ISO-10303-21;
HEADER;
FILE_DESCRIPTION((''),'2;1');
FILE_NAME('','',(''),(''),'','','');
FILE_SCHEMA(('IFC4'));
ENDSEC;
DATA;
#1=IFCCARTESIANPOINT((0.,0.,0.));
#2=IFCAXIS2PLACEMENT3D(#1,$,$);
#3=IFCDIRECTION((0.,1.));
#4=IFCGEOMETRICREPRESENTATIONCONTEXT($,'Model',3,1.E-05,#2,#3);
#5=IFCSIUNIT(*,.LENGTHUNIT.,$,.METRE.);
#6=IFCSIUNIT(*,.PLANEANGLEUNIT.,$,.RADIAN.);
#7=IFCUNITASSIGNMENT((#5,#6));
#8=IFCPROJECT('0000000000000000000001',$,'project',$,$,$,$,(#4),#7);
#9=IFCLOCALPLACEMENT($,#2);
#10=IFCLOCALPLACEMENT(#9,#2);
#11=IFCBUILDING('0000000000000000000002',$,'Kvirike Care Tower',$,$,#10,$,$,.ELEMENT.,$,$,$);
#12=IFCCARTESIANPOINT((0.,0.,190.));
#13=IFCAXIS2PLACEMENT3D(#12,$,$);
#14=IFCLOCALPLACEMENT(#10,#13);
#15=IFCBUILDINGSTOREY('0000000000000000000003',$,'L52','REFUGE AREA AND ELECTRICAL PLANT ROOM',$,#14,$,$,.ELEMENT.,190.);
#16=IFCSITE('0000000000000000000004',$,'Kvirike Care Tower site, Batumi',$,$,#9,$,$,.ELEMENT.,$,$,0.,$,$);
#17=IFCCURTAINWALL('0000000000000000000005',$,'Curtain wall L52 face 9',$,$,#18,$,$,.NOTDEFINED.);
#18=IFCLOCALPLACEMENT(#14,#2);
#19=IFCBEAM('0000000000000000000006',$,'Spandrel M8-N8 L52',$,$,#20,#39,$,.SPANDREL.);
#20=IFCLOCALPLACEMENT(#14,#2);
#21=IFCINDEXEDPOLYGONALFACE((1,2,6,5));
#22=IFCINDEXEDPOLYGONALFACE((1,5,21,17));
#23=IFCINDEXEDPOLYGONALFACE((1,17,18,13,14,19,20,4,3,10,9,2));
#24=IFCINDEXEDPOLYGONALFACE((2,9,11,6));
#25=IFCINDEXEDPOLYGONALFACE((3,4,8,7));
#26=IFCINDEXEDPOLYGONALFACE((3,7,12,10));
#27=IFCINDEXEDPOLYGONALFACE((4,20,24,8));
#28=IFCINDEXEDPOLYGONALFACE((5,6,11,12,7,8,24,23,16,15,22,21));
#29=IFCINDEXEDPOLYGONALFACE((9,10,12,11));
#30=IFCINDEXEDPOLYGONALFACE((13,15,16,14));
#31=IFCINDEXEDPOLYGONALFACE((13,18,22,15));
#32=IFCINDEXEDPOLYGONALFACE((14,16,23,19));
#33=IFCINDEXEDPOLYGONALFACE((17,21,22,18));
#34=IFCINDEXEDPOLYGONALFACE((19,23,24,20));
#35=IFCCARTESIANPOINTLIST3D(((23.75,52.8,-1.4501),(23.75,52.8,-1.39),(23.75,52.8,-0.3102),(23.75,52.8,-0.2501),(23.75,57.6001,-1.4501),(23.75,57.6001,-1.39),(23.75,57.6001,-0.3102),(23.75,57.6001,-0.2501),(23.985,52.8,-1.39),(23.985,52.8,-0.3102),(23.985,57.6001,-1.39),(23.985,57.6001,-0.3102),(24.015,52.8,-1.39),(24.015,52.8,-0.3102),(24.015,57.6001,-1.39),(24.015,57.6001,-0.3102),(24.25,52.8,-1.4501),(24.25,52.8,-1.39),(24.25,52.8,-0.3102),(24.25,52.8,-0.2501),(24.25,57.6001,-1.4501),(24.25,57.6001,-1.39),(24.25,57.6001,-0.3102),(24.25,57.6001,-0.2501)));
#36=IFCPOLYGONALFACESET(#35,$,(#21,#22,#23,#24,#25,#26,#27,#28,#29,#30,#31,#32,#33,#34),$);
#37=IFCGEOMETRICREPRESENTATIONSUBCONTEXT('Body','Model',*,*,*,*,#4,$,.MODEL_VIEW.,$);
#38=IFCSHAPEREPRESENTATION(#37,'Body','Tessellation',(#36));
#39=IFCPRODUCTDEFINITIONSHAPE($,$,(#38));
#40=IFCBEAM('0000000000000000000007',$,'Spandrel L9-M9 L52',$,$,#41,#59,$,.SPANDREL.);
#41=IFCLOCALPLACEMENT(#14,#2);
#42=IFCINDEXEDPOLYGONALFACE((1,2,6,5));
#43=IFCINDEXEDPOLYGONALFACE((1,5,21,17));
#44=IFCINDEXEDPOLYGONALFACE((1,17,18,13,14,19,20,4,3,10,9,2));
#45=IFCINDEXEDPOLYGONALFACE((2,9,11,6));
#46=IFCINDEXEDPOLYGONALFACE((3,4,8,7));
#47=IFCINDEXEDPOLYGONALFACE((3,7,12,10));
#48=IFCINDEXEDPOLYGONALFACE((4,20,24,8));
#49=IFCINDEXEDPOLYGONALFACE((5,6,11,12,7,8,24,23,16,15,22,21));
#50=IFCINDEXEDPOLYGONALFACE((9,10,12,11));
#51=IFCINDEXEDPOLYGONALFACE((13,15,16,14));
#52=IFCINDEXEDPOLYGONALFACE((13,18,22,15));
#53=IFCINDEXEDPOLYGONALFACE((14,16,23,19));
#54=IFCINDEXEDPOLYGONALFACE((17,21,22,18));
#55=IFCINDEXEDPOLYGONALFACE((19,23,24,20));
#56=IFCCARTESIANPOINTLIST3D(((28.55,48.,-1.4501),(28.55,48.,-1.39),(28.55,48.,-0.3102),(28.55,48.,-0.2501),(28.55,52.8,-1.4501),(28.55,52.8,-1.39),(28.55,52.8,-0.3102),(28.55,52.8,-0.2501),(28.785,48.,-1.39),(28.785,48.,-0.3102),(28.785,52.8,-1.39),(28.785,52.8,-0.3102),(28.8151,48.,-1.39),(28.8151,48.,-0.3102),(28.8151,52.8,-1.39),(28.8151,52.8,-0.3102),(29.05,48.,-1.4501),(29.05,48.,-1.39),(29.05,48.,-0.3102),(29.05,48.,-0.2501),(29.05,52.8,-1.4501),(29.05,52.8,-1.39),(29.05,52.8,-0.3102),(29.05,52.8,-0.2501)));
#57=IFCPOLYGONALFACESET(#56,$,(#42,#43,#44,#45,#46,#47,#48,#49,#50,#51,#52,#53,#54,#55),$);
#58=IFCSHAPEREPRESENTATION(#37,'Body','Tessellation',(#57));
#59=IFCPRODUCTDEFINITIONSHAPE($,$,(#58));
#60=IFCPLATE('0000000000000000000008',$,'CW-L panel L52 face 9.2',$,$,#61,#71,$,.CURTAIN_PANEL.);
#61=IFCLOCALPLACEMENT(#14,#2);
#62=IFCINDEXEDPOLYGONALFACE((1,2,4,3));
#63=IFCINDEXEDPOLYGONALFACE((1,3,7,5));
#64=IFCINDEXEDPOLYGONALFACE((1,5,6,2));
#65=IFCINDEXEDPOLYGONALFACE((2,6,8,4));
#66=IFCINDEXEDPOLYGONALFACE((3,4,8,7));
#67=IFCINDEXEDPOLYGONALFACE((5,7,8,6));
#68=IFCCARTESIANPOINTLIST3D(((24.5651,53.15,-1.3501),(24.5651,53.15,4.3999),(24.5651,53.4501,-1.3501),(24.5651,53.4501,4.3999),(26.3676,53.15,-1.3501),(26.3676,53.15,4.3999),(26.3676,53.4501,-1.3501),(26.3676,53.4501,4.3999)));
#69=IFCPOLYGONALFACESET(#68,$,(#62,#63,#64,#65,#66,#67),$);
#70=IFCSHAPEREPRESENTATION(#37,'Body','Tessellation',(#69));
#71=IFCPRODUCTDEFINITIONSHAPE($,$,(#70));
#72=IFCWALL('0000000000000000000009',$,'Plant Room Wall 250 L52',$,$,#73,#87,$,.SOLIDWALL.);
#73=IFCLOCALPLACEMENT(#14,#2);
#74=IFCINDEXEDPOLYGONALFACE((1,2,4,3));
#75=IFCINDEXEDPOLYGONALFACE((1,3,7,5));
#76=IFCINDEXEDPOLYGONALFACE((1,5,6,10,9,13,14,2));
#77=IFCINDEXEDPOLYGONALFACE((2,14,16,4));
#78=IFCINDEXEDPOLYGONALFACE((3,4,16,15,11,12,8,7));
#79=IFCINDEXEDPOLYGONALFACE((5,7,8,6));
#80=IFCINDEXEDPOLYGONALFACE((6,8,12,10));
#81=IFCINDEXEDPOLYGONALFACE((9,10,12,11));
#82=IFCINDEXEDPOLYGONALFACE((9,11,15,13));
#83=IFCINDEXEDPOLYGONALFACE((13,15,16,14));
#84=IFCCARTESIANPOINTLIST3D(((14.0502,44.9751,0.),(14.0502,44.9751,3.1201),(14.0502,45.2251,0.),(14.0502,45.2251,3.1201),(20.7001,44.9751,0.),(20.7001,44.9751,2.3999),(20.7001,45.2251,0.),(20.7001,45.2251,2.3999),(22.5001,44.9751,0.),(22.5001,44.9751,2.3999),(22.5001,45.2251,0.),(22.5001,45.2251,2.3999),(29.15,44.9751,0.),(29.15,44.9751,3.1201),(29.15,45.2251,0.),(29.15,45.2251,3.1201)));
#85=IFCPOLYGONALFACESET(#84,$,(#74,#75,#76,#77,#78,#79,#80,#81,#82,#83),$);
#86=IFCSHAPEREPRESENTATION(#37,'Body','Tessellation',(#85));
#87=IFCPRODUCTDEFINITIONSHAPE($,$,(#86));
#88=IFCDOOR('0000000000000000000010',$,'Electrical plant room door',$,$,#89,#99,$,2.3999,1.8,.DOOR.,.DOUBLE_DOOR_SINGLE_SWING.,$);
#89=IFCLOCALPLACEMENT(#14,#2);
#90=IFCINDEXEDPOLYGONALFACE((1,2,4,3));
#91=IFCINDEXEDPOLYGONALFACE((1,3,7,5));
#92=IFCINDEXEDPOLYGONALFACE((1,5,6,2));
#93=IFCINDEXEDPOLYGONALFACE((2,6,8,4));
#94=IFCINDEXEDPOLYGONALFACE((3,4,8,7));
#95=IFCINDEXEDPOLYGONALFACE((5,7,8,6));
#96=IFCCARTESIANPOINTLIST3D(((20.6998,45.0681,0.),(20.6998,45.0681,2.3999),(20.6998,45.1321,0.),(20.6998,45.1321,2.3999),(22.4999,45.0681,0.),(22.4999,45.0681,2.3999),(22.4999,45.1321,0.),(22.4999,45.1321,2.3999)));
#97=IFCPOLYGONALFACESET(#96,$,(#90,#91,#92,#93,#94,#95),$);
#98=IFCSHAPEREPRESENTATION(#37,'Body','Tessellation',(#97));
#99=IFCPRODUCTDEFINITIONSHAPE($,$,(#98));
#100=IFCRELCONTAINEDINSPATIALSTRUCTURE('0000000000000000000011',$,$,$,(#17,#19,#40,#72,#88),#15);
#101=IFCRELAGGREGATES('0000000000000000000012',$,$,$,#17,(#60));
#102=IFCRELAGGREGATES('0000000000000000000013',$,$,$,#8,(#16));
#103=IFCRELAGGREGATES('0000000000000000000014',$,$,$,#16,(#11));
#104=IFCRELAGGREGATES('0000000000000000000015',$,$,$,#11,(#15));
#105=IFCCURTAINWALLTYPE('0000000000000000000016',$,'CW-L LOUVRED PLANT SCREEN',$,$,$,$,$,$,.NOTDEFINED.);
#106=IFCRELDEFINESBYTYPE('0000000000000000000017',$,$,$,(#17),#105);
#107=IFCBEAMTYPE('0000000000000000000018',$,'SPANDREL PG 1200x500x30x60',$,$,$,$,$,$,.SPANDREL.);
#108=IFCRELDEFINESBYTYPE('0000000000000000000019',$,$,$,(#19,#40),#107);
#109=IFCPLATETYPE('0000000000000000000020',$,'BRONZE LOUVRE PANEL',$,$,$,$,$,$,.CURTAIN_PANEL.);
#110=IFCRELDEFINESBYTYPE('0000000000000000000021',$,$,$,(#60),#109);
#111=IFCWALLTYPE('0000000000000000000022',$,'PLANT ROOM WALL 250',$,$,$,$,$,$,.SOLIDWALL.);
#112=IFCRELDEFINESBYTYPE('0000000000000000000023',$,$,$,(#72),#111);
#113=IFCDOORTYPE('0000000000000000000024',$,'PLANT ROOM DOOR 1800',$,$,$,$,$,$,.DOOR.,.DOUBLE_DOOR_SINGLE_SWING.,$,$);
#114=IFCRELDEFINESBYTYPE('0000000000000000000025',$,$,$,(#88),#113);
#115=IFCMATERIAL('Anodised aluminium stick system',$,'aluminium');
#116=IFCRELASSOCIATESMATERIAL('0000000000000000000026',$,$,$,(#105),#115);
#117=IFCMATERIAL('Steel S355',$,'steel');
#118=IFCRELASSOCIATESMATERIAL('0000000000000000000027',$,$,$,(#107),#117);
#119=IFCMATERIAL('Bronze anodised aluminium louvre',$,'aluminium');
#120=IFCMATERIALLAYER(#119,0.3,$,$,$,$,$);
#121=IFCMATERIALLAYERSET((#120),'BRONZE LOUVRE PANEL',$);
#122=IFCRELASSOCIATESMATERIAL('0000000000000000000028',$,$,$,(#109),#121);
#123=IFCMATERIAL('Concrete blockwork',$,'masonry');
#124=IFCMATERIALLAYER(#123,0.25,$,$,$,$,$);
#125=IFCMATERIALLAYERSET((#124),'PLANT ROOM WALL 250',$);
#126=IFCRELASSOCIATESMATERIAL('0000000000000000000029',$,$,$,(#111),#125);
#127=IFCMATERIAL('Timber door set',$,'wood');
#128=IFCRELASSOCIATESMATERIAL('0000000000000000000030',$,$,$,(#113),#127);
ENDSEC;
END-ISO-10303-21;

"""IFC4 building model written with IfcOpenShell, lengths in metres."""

from ifc_helpers import new_model, si_unit, direction, frame, frame_2d, origin, origin_2d, place, context, subcontext, project, spatial, rectangle, i_section, extrude, material, layer, layer_set, material_profile, profile_set, type_object, element, fill, aggregate, save


model = new_model("IFC4")

# Units and contexts
model_context = context("Model", 3, precision=1e-05, world=origin(), true_north=direction((0.0, 1.0)))
body_context = subcontext(model_context, "Body", "Model", "MODEL_VIEW")
ifc_project = project(units=[si_unit("LENGTHUNIT", "METRE"), si_unit("PLANEANGLEUNIT", "RADIAN")], contexts=[model_context])

# Site, building, storey
site_placement = place(None, origin())
site = spatial("IfcSite", under=ifc_project, at=site_placement, Name="Kvirike Care Tower site, Batumi", CompositionType="ELEMENT", RefElevation=0.0)
building_placement = place(site_placement, origin())
building = spatial("IfcBuilding", under=site, at=building_placement, Name="Kvirike Care Tower", CompositionType="ELEMENT")
storey_placement = place(building_placement, frame((0.0, 0.0, 190.0)))
storey = spatial("IfcBuildingStorey", under=building, at=storey_placement, Name="L52", Description="REFUGE AREA AND ELECTRICAL PLANT ROOM", CompositionType="ELEMENT", Elevation=190.0)

# Curtain wall
ifc_material_1 = material(Name="Anodised aluminium stick system", Category="aluminium")
curtain_wall_type = type_object("IfcCurtainWallType", Name="CW-L LOUVRED PLANT SCREEN", PredefinedType="NOTDEFINED", material=ifc_material_1)
curtain_wall_1_placement = place(storey_placement, origin())
curtain_wall_1 = element("IfcCurtainWall", 1, at=curtain_wall_1_placement, inside=storey, type_object=curtain_wall_type, Name="Curtain wall L52 face 9", PredefinedType="NOTDEFINED")

# Beams
ifc_material_2 = material(Name="Steel S355", Category="steel")
ifc_material_profile_1 = material_profile(ifc_material_2, i_section(OverallWidth=0.5, OverallDepth=1.2, WebThickness=0.03, FlangeThickness=0.0601, at=origin_2d()), Name="PG 1200x500x30x60")
ifc_profile_set_1 = profile_set([ifc_material_profile_1], Name="Steel S355")
beam_type = type_object("IfcBeamType", Name="SPANDREL PG 1200x500x30x60", PredefinedType="SPANDREL", material=ifc_profile_set_1)
for number, where, z_axis, x_axis, name in (
    (2, (24.0, 52.8, -0.8501), (0.0, 1.0, 0.0), (-1.0, 0.0, 0.0), "Spandrel M8-N8 L52"),
    (3, (28.8, 48.0, -0.8501), (0.0, 1.0, 0.0), (-1.0, 0.0, 0.0), "Spandrel L9-M9 L52"),
):
    element("IfcBeam", number, at=place(storey_placement, frame(where, z_axis=z_axis, x_axis=x_axis)), inside=storey, type_object=beam_type, Name=name, PredefinedType="SPANDREL", context=body_context, shape_type="SweptSolid", body=[
        extrude(i_section(OverallWidth=0.5, OverallDepth=1.2, WebThickness=0.03, FlangeThickness=0.0601, at=origin_2d()), origin(), (0.0, 0.0, 1.0), 4.8),
    ])

# Plate
ifc_material_3 = material(Name="Bronze anodised aluminium louvre", Category="aluminium")
ifc_layer_1 = layer(ifc_material_3, 0.3)
ifc_layer_set_1 = layer_set([ifc_layer_1], Name="BRONZE LOUVRE PANEL")
plate_type = type_object("IfcPlateType", Name="BRONZE LOUVRE PANEL", PredefinedType="CURTAIN_PANEL", material=ifc_layer_set_1)
plate_placement = place(storey_placement, frame((25.4663, 53.3, -1.3501), z_axis=(0.0, 0.0, 1.0), x_axis=(-1.0, 0.0, 0.0)))
plate = element("IfcPlate", 4, at=plate_placement, type_object=plate_type, Name="CW-L panel L52 face 9.2", PredefinedType="CURTAIN_PANEL", context=body_context, shape_type="SweptSolid", body=[
    extrude(rectangle(XDim=1.8025, YDim=0.3, at=origin_2d()), origin(), (0.0, 0.0, 1.0), 5.75),
])
aggregate(curtain_wall_1, [plate])

# Wall, opening, door
ifc_material_4 = material(Name="Concrete blockwork", Category="masonry")
ifc_layer_2 = layer(ifc_material_4, 0.25)
ifc_layer_set_2 = layer_set([ifc_layer_2], Name="PLANT ROOM WALL 250")
wall_type = type_object("IfcWallType", Name="PLANT ROOM WALL 250", PredefinedType="SOLIDWALL", material=ifc_layer_set_2)
wall_placement = place(storey_placement, frame((29.1499, 45.1001, 0.0), z_axis=(0.0, 0.0, 1.0), x_axis=(-1.0, 0.0, 0.0)))
wall = element("IfcWall", 5, at=wall_placement, inside=storey, type_object=wall_type, Name="Plant Room Wall 250 L52", PredefinedType="SOLIDWALL", context=body_context, shape_type="SweptSolid", body=[
    extrude(rectangle(XDim=15.0999, YDim=0.25, at=frame_2d((7.5498, 0.0))), origin(), (0.0, 0.0, 1.0), 3.1201),
])
opening_placement = place(wall_placement, frame((6.6499, 0.0, 0.0)))
opening = element("IfcOpeningElement", 6, at=opening_placement, cuts=wall, PredefinedType="OPENING", context=body_context, shape_type="SweptSolid", body=[
    extrude(rectangle(XDim=1.8, YDim=2.3999, at=frame_2d((0.8999, 1.2))), frame((0.0, 0.1355, 0.0), z_axis=(0.0, -1.0, 0.0), x_axis=(1.0, 0.0, 0.0)), (0.0, 0.0, 1.0), 0.271),
])
ifc_material_5 = material(Name="Timber door set", Category="wood")
door_type = type_object("IfcDoorType", Name="PLANT ROOM DOOR 1800", OperationType="DOUBLE_DOOR_SINGLE_SWING", PredefinedType="DOOR", material=ifc_material_5)
door_placement = place(opening_placement, frame((1.8, 0.0, 0.0), z_axis=(0.0, 0.0, 1.0), x_axis=(-1.0, 0.0, 0.0)))
door = element("IfcDoor", 7, at=door_placement, inside=storey, type_object=door_type, Name="Electrical plant room door", OperationType="DOUBLE_DOOR_SINGLE_SWING", OverallHeight=2.3999, OverallWidth=1.8, PredefinedType="DOOR", context=body_context, shape_type="SweptSolid", body=[
    extrude(rectangle(XDim=1.8, YDim=2.3999, at=frame_2d((0.8999, 1.2))), frame((0.0, 0.032, 0.0), z_axis=(0.0, -1.0, 0.0), x_axis=(1.0, 0.0, 0.0)), (0.0, 0.0, 1.0), 0.064),
])
fill(opening, door)

save(model, "model.ifc")
